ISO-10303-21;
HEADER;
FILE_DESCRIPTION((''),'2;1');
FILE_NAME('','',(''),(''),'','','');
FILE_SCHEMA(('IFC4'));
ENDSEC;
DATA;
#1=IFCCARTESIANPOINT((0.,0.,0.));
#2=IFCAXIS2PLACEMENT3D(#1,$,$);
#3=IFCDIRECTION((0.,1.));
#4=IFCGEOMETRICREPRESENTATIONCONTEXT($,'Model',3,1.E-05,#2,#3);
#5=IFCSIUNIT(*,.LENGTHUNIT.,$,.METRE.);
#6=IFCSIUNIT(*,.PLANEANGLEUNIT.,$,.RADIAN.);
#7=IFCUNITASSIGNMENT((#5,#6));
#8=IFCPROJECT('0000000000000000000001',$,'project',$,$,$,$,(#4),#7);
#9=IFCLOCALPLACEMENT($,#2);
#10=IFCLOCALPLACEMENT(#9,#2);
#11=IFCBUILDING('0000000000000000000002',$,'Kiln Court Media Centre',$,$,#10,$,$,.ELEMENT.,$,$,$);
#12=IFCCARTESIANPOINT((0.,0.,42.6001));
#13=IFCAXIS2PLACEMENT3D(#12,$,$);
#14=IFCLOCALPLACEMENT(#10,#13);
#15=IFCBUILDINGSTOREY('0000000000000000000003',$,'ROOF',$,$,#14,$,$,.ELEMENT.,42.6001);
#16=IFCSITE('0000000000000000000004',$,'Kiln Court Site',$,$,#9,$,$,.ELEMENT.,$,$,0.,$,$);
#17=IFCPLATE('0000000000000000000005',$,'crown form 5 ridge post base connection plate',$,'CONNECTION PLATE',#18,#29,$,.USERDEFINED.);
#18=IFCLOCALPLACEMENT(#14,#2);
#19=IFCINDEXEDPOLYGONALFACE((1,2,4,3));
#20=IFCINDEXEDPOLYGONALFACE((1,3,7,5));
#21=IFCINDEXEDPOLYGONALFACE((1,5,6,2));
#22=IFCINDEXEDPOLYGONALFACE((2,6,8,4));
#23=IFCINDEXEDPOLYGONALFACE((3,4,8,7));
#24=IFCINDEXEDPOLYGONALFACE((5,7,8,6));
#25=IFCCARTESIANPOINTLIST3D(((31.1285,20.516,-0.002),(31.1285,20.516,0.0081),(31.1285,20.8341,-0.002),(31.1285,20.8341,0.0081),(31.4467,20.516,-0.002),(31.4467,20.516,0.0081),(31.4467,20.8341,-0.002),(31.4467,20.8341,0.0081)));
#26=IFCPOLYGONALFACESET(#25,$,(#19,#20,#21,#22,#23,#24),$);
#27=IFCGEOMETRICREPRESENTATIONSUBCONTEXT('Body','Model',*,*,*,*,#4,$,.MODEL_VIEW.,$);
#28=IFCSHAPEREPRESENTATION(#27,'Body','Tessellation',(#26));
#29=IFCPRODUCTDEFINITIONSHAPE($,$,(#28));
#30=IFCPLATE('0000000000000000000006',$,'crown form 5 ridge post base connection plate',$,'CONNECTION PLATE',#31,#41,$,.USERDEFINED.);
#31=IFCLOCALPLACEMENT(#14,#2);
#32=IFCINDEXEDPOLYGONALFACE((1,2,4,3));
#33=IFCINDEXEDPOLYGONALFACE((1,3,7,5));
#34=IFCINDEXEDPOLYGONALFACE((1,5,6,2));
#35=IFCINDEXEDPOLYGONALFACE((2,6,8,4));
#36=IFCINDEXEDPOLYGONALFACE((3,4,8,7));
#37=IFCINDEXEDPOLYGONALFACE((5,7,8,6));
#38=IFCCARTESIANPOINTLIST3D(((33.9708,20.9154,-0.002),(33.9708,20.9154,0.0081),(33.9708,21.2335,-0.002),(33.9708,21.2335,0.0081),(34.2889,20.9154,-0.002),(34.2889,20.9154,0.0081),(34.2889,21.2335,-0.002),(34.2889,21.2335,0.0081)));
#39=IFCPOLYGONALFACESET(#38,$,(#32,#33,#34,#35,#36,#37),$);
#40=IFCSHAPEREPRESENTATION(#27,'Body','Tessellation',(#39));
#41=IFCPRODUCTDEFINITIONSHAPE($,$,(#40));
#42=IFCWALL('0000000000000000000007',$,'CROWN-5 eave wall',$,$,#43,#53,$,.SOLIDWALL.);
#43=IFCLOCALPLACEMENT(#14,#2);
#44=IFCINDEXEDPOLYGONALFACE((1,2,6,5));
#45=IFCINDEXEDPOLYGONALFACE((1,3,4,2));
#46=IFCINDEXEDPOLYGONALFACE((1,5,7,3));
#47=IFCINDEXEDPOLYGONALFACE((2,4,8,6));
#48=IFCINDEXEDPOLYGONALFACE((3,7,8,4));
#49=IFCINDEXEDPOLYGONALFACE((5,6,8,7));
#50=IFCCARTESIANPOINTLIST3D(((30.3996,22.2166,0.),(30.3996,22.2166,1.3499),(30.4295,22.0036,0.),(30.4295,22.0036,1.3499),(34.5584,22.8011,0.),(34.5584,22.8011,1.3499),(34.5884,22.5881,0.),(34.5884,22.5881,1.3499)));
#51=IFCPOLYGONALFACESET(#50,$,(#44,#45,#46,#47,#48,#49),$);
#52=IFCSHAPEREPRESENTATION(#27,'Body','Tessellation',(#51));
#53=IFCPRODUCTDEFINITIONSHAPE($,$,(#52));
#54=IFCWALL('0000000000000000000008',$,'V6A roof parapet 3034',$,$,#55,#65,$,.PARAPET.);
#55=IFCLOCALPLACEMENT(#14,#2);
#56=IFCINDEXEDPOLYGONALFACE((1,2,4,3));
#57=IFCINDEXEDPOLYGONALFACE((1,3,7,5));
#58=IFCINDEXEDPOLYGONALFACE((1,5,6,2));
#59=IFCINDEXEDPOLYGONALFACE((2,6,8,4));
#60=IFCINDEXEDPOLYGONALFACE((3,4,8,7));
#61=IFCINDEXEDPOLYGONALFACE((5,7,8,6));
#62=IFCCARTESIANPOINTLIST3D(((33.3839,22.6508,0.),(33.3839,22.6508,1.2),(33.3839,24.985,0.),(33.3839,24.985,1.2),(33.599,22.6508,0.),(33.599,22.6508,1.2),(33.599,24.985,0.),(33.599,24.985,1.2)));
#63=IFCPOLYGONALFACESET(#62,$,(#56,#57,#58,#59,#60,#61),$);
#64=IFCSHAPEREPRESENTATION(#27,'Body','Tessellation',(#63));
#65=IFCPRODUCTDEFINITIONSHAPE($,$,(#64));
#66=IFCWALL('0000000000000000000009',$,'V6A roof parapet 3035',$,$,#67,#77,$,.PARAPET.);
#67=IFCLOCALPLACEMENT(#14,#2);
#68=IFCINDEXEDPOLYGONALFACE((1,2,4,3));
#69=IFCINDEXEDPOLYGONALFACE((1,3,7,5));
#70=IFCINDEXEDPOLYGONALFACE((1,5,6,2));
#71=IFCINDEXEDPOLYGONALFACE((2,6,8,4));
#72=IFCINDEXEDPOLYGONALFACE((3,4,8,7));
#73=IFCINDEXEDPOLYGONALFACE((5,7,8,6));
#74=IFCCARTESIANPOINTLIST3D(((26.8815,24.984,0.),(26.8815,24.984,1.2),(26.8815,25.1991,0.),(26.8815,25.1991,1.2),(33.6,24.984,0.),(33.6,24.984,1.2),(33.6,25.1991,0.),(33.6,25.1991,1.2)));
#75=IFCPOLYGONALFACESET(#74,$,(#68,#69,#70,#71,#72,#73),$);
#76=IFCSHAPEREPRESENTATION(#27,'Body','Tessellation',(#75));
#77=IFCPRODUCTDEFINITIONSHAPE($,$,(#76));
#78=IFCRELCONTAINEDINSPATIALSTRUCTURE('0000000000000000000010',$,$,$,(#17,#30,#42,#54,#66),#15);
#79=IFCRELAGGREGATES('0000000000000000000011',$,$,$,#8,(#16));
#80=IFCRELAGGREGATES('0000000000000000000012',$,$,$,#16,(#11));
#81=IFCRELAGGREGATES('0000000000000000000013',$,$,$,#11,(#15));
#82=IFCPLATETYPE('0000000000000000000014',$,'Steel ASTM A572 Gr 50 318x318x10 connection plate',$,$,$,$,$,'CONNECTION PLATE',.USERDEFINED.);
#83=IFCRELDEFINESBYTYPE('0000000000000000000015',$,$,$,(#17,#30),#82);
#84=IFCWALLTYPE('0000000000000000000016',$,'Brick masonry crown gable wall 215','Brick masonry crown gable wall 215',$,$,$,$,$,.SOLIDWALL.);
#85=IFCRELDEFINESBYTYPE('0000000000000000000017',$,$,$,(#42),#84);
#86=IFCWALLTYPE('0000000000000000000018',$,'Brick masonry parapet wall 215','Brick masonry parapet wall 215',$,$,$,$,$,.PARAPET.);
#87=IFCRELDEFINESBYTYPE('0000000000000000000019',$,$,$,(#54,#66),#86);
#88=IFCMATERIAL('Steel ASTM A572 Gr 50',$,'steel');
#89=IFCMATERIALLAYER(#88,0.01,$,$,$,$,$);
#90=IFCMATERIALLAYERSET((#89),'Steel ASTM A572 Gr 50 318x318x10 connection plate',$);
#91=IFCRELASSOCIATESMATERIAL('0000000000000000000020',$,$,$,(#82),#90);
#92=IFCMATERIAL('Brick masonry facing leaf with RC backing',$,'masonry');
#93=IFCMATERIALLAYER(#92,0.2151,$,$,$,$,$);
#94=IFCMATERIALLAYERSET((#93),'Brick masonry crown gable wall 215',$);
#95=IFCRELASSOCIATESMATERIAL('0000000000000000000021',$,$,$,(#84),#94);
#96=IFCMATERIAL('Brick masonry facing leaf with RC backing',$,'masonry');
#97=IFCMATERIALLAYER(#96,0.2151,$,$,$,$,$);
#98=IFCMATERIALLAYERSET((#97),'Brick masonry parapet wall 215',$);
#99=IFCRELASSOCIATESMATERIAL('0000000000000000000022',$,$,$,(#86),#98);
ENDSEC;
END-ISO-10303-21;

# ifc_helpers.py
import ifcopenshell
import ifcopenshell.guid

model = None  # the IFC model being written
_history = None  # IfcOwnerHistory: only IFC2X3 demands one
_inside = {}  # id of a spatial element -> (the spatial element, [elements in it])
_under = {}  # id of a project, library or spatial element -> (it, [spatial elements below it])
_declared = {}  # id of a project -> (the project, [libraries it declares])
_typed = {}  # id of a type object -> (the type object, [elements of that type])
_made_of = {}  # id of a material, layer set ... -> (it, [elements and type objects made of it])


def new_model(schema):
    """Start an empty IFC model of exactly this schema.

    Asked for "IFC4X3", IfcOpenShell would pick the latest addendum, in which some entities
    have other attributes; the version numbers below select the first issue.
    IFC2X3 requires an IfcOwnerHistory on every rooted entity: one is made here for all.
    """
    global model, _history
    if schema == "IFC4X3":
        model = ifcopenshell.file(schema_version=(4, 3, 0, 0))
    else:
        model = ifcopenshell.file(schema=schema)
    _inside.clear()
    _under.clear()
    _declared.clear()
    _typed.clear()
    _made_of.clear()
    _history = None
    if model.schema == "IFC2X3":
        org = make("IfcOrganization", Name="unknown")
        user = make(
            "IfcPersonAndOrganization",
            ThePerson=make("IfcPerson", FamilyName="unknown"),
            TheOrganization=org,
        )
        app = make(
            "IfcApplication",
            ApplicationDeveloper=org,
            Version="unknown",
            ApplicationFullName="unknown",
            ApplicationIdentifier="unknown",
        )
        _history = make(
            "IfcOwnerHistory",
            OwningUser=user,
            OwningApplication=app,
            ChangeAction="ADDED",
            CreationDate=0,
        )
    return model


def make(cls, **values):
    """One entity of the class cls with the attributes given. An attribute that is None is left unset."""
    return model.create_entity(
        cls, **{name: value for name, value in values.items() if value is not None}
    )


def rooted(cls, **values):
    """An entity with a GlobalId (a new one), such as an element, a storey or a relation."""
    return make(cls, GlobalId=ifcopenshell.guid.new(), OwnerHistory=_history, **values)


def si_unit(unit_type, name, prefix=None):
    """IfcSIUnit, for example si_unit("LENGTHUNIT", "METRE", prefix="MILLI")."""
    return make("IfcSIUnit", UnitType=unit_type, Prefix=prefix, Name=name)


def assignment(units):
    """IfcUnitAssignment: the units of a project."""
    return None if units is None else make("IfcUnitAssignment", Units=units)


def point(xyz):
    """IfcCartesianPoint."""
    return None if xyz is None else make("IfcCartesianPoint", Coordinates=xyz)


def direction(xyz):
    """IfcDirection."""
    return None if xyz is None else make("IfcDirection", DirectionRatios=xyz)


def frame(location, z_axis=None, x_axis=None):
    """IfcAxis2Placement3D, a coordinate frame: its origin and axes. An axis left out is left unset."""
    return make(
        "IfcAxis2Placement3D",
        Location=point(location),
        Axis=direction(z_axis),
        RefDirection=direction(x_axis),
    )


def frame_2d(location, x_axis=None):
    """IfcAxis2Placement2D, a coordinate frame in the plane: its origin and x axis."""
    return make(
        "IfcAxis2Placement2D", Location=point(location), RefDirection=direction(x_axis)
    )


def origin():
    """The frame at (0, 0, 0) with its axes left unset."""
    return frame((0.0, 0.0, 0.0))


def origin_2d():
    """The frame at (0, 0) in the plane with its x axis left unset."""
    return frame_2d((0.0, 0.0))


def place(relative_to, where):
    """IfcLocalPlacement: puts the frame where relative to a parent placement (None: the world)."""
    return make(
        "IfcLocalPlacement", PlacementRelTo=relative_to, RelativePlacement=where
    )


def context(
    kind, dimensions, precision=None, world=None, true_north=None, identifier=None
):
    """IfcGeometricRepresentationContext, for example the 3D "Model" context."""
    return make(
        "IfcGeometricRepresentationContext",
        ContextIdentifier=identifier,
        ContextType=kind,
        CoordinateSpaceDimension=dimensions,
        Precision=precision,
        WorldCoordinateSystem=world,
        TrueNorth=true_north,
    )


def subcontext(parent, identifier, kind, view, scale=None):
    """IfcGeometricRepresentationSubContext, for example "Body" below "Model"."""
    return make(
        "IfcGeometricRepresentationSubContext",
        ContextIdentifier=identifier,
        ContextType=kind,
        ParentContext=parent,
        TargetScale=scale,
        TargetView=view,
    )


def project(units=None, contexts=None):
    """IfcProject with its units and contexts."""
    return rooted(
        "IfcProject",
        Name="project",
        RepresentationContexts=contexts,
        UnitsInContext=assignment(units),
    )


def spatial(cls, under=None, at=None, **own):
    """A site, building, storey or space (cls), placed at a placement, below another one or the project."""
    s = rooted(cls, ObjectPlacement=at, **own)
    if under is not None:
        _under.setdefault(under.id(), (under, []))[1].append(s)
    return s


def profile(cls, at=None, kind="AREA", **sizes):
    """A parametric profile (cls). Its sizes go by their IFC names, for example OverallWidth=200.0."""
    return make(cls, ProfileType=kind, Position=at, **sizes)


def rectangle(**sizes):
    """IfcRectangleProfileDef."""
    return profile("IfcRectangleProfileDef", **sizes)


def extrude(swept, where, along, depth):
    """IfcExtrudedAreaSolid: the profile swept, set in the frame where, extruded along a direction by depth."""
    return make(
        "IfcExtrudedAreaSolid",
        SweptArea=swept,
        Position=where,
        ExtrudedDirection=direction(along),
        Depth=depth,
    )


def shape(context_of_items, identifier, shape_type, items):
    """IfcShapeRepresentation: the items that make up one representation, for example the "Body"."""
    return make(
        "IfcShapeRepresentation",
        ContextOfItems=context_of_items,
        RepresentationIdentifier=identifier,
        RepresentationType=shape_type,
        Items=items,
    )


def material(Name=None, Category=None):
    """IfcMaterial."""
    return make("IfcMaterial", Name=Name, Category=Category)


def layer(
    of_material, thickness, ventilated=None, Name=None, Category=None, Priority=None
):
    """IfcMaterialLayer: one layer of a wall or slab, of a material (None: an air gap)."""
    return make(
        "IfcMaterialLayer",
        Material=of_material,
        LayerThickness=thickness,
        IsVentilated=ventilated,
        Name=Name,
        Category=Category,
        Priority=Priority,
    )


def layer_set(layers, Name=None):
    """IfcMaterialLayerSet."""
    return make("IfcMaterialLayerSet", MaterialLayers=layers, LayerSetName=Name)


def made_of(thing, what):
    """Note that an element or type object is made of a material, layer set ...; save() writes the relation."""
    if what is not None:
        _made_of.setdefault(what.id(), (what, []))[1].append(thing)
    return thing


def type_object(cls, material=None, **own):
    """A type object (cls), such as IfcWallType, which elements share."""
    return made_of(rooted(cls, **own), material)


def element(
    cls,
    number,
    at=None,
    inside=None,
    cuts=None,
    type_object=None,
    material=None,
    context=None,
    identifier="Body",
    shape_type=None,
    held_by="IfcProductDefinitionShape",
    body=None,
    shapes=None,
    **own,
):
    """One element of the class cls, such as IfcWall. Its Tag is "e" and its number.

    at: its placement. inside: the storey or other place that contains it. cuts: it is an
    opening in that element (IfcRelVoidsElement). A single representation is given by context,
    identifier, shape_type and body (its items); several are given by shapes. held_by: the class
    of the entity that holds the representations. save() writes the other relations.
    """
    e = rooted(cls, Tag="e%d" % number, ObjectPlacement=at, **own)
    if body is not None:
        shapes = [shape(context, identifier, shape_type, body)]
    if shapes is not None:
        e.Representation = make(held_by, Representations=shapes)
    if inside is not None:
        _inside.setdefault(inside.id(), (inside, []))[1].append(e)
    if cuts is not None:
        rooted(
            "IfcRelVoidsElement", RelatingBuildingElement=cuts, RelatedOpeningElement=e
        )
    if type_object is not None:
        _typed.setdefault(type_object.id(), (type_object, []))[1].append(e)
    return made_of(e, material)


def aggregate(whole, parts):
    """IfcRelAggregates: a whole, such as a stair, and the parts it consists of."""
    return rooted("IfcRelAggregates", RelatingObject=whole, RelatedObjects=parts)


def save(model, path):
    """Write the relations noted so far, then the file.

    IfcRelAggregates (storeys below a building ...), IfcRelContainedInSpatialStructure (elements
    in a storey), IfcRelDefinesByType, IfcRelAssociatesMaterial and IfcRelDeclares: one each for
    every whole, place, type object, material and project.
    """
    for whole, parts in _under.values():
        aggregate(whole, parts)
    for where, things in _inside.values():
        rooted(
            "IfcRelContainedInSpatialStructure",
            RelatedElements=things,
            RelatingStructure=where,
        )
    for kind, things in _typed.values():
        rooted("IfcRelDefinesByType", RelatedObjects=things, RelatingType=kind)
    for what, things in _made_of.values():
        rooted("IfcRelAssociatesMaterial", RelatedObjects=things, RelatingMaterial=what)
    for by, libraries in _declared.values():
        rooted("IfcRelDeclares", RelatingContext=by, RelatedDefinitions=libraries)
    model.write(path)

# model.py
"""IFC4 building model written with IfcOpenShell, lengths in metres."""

from ifc_helpers import new_model, si_unit, direction, frame, frame_2d, origin, origin_2d, place, context, subcontext, project, spatial, rectangle, extrude, material, layer, layer_set, type_object, element, save


model = new_model("IFC4")

# Units and contexts
model_context = context("Model", 3, precision=1e-05, world=origin(), true_north=direction((0.0, 1.0)))
body_context = subcontext(model_context, "Body", "Model", "MODEL_VIEW")
ifc_project = project(units=[si_unit("LENGTHUNIT", "METRE"), si_unit("PLANEANGLEUNIT", "RADIAN")], contexts=[model_context])

# Site, building, storey
site_placement = place(None, origin())
site = spatial("IfcSite", under=ifc_project, at=site_placement, Name="Kiln Court Site", CompositionType="ELEMENT", RefElevation=0.0)
building_placement = place(site_placement, origin())
building = spatial("IfcBuilding", under=site, at=building_placement, Name="Kiln Court Media Centre", CompositionType="ELEMENT")
storey_placement = place(building_placement, frame((0.0, 0.0, 42.6001)))
storey = spatial("IfcBuildingStorey", under=building, at=storey_placement, Name="ROOF", CompositionType="ELEMENT", Elevation=42.6001)

# Plates
ifc_material_1 = material(Name="Steel ASTM A572 Gr 50", Category="steel")
ifc_layer_1 = layer(ifc_material_1, 0.01)
ifc_layer_set_1 = layer_set([ifc_layer_1], Name="Steel ASTM A572 Gr 50 318x318x10 connection plate")
plate_type_1 = type_object("IfcPlateType", Name="Steel ASTM A572 Gr 50 318x318x10 connection plate", ElementType="CONNECTION PLATE", PredefinedType="USERDEFINED", material=ifc_layer_set_1)
for number, where, z_axis, x_axis, name in (
    (1, (31.2876, 20.675, -0.002), (0.0, 0.0, 1.0), (1.0, 0.0, 0.0), "crown form 5 ridge post base connection plate"),
    (2, (34.1299, 21.0745, -0.002), (0.0, 0.0, 1.0), (1.0, 0.0, 0.0), "crown form 5 ridge post base connection plate"),
):
    element("IfcPlate", number, at=place(storey_placement, frame(where, z_axis=z_axis, x_axis=x_axis)), inside=storey, type_object=plate_type_1, Name=name, ObjectType="CONNECTION PLATE", PredefinedType="USERDEFINED", context=body_context, shape_type="SweptSolid", body=[
        extrude(rectangle(XDim=0.3181, YDim=0.3181, at=origin_2d()), origin(), (0.0, 0.0, 1.0), 0.01),
    ])

# Walls
ifc_material_2 = material(Name="Brick masonry facing leaf with RC backing", Category="masonry")
ifc_layer_2 = layer(ifc_material_2, 0.2151)
ifc_layer_set_2 = layer_set([ifc_layer_2], Name="Brick masonry crown gable wall 215")
wall_type_1 = type_object("IfcWallType", Name="Brick masonry crown gable wall 215", Description="Brick masonry crown gable wall 215", PredefinedType="SOLIDWALL", material=ifc_layer_set_2)
wall_1_placement = place(storey_placement, frame((30.4146, 22.1101, 0.0), z_axis=(0.0, 0.0, 1.0), x_axis=(0.990269, 0.139167, 0.0)))
element("IfcWall", 3, at=wall_1_placement, inside=storey, type_object=wall_type_1, Name="CROWN-5 eave wall", PredefinedType="SOLIDWALL", context=body_context, shape_type="SweptSolid", body=[
    extrude(rectangle(XDim=4.1997, YDim=0.2151, at=frame_2d((2.0999, 0.0))), origin(), (0.0, 0.0, 1.0), 1.3499),
])
ifc_material_3 = material(Name="Brick masonry facing leaf with RC backing", Category="masonry")
ifc_layer_3 = layer(ifc_material_3, 0.2151)
ifc_layer_set_3 = layer_set([ifc_layer_3], Name="Brick masonry parapet wall 215")
wall_type_2 = type_object("IfcWallType", Name="Brick masonry parapet wall 215", Description="Brick masonry parapet wall 215", PredefinedType="PARAPET", material=ifc_layer_set_3)
wall_2_placement = place(storey_placement, frame((33.4915, 22.6509, 0.0), z_axis=(0.0, 0.0, 1.0), x_axis=(0.0, 1.0, 0.0)))
element("IfcWall", 4, at=wall_2_placement, inside=storey, type_object=wall_type_2, Name="V6A roof parapet 3034", PredefinedType="PARAPET", context=body_context, shape_type="SweptSolid", body=[
    extrude(rectangle(XDim=2.3342, YDim=0.2151, at=frame_2d((1.167, 0.0))), origin(), (0.0, 0.0, 1.0), 1.2),
])
wall_3_placement = place(storey_placement, frame((33.6001, 25.0916, 0.0), z_axis=(0.0, 0.0, 1.0), x_axis=(-1.0, 0.0, 0.0)))
element("IfcWall", 5, at=wall_3_placement, inside=storey, type_object=wall_type_2, Name="V6A roof parapet 3035", PredefinedType="PARAPET", context=body_context, shape_type="SweptSolid", body=[
    extrude(rectangle(XDim=6.7185, YDim=0.2151, at=frame_2d((3.3594, 0.0))), origin(), (0.0, 0.0, 1.0), 1.2),
])

save(model, "model.ifc")
